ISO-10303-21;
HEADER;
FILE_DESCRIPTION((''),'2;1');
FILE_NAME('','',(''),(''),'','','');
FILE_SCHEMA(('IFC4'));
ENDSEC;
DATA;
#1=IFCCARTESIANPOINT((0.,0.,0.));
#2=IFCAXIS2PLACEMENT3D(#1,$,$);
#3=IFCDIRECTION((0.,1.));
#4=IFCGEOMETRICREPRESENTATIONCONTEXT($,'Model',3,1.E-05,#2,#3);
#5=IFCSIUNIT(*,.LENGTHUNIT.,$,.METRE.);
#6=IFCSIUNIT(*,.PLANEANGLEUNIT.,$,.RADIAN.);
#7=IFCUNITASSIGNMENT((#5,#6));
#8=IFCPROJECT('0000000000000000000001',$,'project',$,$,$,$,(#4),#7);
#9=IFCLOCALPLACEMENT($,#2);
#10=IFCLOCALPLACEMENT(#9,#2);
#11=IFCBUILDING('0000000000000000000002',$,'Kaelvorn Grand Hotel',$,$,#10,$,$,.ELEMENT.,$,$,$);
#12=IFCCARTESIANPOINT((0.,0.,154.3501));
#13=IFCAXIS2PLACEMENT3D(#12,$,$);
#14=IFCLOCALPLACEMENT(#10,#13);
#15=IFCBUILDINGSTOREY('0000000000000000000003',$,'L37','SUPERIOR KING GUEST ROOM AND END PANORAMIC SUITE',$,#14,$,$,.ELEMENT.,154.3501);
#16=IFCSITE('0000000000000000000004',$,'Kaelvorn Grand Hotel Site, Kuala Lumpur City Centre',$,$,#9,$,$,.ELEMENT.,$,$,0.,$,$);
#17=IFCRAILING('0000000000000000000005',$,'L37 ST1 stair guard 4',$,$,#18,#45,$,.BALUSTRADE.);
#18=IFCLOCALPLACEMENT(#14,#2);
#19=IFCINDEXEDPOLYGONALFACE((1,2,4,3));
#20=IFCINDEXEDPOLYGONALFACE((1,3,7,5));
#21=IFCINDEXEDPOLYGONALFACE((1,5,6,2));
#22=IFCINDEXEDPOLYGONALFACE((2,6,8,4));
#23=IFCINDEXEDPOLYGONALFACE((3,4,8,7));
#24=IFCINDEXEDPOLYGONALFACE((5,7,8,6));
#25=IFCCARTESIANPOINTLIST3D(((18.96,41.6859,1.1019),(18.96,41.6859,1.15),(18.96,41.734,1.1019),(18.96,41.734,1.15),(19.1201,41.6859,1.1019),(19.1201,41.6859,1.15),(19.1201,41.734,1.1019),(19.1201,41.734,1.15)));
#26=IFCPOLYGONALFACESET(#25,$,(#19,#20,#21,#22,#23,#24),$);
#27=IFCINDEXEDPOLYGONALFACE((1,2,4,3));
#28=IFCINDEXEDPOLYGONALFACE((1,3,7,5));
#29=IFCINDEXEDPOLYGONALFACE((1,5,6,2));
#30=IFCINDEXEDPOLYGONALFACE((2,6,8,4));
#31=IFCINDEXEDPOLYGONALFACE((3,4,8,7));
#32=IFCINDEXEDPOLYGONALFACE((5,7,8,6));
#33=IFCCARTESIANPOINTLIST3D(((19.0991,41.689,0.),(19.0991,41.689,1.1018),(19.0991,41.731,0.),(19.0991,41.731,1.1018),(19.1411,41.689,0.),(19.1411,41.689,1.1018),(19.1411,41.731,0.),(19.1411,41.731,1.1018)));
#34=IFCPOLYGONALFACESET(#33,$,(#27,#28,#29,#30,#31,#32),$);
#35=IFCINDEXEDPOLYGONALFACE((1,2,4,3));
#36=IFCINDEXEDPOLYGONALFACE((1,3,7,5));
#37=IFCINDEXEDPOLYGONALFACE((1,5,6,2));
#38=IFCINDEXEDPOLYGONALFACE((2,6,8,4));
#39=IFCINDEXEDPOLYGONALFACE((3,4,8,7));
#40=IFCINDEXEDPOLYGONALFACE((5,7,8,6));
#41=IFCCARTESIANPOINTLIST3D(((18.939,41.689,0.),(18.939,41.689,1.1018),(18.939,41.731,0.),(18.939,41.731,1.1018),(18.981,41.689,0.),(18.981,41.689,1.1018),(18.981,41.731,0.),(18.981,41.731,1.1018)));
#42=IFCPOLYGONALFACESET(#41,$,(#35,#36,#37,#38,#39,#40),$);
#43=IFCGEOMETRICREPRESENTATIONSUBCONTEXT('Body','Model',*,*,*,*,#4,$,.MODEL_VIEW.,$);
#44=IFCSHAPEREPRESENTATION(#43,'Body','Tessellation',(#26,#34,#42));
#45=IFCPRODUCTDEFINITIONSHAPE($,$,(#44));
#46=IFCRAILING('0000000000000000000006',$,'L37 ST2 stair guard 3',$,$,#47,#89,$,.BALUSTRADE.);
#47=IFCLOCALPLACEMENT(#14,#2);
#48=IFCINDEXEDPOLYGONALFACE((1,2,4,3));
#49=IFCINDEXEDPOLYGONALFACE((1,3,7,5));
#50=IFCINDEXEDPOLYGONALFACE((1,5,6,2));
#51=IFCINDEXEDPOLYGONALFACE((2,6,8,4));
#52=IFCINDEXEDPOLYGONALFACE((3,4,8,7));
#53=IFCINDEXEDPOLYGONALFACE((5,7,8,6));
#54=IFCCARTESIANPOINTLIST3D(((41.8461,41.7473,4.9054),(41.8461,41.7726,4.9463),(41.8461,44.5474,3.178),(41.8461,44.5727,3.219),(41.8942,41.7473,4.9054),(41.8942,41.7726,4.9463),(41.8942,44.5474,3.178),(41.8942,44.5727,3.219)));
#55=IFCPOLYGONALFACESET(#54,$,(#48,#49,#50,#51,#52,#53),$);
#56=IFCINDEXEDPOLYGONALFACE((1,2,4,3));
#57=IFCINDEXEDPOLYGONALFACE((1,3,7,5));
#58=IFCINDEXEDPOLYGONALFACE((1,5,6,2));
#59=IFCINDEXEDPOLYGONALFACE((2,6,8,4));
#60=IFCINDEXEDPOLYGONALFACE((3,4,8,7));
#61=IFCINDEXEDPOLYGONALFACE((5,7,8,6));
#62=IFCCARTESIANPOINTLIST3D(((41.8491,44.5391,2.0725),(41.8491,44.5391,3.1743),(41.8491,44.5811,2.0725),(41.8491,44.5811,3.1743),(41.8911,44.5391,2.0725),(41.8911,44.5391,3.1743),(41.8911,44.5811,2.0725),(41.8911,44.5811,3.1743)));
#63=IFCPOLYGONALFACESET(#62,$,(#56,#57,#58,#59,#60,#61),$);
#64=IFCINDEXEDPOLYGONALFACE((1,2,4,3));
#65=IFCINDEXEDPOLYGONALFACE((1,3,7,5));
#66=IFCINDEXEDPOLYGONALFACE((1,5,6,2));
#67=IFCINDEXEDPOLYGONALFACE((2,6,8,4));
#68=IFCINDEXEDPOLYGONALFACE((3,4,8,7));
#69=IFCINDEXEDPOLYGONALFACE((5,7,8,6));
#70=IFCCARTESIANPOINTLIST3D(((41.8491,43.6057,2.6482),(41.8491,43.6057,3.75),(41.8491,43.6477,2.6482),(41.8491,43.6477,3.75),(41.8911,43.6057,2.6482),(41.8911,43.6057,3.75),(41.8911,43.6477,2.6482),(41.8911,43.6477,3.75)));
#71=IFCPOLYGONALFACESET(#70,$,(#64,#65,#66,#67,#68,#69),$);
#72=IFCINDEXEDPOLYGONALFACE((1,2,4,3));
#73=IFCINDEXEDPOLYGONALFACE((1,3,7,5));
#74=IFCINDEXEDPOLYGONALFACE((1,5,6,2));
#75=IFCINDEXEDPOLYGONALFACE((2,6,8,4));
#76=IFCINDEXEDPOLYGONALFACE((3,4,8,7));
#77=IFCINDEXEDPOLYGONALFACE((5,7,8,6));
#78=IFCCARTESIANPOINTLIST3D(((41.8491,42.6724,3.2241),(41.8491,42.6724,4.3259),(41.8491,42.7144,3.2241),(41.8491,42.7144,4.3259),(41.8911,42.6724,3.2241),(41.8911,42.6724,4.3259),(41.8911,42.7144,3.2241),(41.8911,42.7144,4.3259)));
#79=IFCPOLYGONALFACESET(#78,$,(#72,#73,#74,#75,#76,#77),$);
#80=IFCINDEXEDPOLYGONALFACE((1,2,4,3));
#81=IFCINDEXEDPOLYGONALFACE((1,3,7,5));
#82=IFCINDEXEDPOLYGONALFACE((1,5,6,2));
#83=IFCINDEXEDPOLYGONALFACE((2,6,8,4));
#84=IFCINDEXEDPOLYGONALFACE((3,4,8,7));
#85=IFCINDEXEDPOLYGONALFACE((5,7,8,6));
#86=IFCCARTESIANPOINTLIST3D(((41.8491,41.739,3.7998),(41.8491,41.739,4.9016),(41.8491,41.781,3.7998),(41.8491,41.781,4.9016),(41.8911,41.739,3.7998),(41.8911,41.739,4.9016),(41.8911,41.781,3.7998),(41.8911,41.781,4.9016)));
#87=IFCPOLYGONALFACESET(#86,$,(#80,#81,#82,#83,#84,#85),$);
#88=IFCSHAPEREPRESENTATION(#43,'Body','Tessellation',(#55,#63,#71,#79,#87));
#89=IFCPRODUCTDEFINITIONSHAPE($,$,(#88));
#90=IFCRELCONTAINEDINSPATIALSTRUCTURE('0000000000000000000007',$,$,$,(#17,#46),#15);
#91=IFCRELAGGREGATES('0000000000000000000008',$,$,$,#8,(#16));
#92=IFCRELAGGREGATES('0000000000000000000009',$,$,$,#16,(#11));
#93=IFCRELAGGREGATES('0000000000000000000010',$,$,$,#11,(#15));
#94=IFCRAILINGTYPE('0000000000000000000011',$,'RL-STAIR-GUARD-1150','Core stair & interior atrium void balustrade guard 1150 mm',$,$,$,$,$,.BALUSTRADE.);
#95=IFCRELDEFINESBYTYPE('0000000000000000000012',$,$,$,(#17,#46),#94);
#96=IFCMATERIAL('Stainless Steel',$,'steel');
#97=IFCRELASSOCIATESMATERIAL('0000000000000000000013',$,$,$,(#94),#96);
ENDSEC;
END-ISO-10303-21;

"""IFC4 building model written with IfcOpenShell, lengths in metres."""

from ifc_helpers import new_model, si_unit, direction, frame, origin, origin_2d, place, context, subcontext, project, spatial, rectangle, extrude, material, type_object, element, save


model = new_model("IFC4")

# Units and contexts
model_context = context("Model", 3, precision=1e-05, world=origin(), true_north=direction((0.0, 1.0)))
body_context = subcontext(model_context, "Body", "Model", "MODEL_VIEW")
ifc_project = project(units=[si_unit("LENGTHUNIT", "METRE"), si_unit("PLANEANGLEUNIT", "RADIAN")], contexts=[model_context])

# Site, building, storey
site_placement = place(None, origin())
site = spatial("IfcSite", under=ifc_project, at=site_placement, Name="Kaelvorn Grand Hotel Site, Kuala Lumpur City Centre", CompositionType="ELEMENT", RefElevation=0.0)
building_placement = place(site_placement, origin())
building = spatial("IfcBuilding", under=site, at=building_placement, Name="Kaelvorn Grand Hotel", CompositionType="ELEMENT")
storey_placement = place(building_placement, frame((0.0, 0.0, 154.3501)))
storey = spatial("IfcBuildingStorey", under=building, at=storey_placement, Name="L37", Description="SUPERIOR KING GUEST ROOM AND END PANORAMIC SUITE", CompositionType="ELEMENT", Elevation=154.3501)

# Railings
ifc_material_1 = material(Name="Stainless Steel", Category="steel")
railing_type_1 = type_object("IfcRailingType", Name="RL-STAIR-GUARD-1150", Description="Core stair & interior atrium void balustrade guard 1150 mm", PredefinedType="BALUSTRADE", material=ifc_material_1)
for number, where, name in (
    (1, (19.1201, 41.71, 0.0), "L37 ST1 stair guard 4"),
):
    element("IfcRailing", number, at=place(storey_placement, frame(where)), inside=storey, type_object=railing_type_1, Name=name, PredefinedType="BALUSTRADE", context=body_context, shape_type="SweptSolid", body=[
        extrude(rectangle(XDim=0.0481, YDim=0.0481, at=origin_2d()), frame((0.0, 0.0, 1.126), z_axis=(-1.0, 0.0, 0.0), x_axis=(0.0, -1.0, 0.0)), (0.0, 0.0, 1.0), 0.1602),
        extrude(rectangle(XDim=0.042, YDim=0.042, at=origin_2d()), origin(), (0.0, 0.0, 1.0), 1.1018),
        extrude(rectangle(XDim=0.042, YDim=0.042, at=origin_2d()), frame((-0.1602, 0.0, 0.0)), (0.0, 0.0, 1.0), 1.1018),
    ])
railing_1_placement = place(storey_placement, frame((41.8701, 44.5601, 2.0725)))
element("IfcRailing", 2, at=railing_1_placement, inside=storey, type_object=railing_type_1, Name="L37 ST2 stair guard 3", PredefinedType="BALUSTRADE", context=body_context, shape_type="SweptSolid", body=[
    extrude(rectangle(XDim=0.0481, YDim=0.0481, at=origin_2d()), frame((0.0, 0.0, 1.126), z_axis=(0.0, -0.85109, 0.52502), x_axis=(1.0, 0.0, 0.0)), (0.0, 0.0, 1.0), 3.29),
    extrude(rectangle(XDim=0.042, YDim=0.042, at=origin_2d()), origin(), (0.0, 0.0, 1.0), 1.1018),
    extrude(rectangle(XDim=0.042, YDim=0.042, at=origin_2d()), frame((0.0, -0.9333, 0.5757)), (0.0, 0.0, 1.0), 1.1018),
    extrude(rectangle(XDim=0.042, YDim=0.042, at=origin_2d()), frame((0.0, -1.8667, 1.1516)), (0.0, 0.0, 1.0), 1.1018),
    extrude(rectangle(XDim=0.042, YDim=0.042, at=origin_2d()), frame((0.0, -2.8, 1.7273)), (0.0, 0.0, 1.0), 1.1018),
])

save(model, "model.ifc")
